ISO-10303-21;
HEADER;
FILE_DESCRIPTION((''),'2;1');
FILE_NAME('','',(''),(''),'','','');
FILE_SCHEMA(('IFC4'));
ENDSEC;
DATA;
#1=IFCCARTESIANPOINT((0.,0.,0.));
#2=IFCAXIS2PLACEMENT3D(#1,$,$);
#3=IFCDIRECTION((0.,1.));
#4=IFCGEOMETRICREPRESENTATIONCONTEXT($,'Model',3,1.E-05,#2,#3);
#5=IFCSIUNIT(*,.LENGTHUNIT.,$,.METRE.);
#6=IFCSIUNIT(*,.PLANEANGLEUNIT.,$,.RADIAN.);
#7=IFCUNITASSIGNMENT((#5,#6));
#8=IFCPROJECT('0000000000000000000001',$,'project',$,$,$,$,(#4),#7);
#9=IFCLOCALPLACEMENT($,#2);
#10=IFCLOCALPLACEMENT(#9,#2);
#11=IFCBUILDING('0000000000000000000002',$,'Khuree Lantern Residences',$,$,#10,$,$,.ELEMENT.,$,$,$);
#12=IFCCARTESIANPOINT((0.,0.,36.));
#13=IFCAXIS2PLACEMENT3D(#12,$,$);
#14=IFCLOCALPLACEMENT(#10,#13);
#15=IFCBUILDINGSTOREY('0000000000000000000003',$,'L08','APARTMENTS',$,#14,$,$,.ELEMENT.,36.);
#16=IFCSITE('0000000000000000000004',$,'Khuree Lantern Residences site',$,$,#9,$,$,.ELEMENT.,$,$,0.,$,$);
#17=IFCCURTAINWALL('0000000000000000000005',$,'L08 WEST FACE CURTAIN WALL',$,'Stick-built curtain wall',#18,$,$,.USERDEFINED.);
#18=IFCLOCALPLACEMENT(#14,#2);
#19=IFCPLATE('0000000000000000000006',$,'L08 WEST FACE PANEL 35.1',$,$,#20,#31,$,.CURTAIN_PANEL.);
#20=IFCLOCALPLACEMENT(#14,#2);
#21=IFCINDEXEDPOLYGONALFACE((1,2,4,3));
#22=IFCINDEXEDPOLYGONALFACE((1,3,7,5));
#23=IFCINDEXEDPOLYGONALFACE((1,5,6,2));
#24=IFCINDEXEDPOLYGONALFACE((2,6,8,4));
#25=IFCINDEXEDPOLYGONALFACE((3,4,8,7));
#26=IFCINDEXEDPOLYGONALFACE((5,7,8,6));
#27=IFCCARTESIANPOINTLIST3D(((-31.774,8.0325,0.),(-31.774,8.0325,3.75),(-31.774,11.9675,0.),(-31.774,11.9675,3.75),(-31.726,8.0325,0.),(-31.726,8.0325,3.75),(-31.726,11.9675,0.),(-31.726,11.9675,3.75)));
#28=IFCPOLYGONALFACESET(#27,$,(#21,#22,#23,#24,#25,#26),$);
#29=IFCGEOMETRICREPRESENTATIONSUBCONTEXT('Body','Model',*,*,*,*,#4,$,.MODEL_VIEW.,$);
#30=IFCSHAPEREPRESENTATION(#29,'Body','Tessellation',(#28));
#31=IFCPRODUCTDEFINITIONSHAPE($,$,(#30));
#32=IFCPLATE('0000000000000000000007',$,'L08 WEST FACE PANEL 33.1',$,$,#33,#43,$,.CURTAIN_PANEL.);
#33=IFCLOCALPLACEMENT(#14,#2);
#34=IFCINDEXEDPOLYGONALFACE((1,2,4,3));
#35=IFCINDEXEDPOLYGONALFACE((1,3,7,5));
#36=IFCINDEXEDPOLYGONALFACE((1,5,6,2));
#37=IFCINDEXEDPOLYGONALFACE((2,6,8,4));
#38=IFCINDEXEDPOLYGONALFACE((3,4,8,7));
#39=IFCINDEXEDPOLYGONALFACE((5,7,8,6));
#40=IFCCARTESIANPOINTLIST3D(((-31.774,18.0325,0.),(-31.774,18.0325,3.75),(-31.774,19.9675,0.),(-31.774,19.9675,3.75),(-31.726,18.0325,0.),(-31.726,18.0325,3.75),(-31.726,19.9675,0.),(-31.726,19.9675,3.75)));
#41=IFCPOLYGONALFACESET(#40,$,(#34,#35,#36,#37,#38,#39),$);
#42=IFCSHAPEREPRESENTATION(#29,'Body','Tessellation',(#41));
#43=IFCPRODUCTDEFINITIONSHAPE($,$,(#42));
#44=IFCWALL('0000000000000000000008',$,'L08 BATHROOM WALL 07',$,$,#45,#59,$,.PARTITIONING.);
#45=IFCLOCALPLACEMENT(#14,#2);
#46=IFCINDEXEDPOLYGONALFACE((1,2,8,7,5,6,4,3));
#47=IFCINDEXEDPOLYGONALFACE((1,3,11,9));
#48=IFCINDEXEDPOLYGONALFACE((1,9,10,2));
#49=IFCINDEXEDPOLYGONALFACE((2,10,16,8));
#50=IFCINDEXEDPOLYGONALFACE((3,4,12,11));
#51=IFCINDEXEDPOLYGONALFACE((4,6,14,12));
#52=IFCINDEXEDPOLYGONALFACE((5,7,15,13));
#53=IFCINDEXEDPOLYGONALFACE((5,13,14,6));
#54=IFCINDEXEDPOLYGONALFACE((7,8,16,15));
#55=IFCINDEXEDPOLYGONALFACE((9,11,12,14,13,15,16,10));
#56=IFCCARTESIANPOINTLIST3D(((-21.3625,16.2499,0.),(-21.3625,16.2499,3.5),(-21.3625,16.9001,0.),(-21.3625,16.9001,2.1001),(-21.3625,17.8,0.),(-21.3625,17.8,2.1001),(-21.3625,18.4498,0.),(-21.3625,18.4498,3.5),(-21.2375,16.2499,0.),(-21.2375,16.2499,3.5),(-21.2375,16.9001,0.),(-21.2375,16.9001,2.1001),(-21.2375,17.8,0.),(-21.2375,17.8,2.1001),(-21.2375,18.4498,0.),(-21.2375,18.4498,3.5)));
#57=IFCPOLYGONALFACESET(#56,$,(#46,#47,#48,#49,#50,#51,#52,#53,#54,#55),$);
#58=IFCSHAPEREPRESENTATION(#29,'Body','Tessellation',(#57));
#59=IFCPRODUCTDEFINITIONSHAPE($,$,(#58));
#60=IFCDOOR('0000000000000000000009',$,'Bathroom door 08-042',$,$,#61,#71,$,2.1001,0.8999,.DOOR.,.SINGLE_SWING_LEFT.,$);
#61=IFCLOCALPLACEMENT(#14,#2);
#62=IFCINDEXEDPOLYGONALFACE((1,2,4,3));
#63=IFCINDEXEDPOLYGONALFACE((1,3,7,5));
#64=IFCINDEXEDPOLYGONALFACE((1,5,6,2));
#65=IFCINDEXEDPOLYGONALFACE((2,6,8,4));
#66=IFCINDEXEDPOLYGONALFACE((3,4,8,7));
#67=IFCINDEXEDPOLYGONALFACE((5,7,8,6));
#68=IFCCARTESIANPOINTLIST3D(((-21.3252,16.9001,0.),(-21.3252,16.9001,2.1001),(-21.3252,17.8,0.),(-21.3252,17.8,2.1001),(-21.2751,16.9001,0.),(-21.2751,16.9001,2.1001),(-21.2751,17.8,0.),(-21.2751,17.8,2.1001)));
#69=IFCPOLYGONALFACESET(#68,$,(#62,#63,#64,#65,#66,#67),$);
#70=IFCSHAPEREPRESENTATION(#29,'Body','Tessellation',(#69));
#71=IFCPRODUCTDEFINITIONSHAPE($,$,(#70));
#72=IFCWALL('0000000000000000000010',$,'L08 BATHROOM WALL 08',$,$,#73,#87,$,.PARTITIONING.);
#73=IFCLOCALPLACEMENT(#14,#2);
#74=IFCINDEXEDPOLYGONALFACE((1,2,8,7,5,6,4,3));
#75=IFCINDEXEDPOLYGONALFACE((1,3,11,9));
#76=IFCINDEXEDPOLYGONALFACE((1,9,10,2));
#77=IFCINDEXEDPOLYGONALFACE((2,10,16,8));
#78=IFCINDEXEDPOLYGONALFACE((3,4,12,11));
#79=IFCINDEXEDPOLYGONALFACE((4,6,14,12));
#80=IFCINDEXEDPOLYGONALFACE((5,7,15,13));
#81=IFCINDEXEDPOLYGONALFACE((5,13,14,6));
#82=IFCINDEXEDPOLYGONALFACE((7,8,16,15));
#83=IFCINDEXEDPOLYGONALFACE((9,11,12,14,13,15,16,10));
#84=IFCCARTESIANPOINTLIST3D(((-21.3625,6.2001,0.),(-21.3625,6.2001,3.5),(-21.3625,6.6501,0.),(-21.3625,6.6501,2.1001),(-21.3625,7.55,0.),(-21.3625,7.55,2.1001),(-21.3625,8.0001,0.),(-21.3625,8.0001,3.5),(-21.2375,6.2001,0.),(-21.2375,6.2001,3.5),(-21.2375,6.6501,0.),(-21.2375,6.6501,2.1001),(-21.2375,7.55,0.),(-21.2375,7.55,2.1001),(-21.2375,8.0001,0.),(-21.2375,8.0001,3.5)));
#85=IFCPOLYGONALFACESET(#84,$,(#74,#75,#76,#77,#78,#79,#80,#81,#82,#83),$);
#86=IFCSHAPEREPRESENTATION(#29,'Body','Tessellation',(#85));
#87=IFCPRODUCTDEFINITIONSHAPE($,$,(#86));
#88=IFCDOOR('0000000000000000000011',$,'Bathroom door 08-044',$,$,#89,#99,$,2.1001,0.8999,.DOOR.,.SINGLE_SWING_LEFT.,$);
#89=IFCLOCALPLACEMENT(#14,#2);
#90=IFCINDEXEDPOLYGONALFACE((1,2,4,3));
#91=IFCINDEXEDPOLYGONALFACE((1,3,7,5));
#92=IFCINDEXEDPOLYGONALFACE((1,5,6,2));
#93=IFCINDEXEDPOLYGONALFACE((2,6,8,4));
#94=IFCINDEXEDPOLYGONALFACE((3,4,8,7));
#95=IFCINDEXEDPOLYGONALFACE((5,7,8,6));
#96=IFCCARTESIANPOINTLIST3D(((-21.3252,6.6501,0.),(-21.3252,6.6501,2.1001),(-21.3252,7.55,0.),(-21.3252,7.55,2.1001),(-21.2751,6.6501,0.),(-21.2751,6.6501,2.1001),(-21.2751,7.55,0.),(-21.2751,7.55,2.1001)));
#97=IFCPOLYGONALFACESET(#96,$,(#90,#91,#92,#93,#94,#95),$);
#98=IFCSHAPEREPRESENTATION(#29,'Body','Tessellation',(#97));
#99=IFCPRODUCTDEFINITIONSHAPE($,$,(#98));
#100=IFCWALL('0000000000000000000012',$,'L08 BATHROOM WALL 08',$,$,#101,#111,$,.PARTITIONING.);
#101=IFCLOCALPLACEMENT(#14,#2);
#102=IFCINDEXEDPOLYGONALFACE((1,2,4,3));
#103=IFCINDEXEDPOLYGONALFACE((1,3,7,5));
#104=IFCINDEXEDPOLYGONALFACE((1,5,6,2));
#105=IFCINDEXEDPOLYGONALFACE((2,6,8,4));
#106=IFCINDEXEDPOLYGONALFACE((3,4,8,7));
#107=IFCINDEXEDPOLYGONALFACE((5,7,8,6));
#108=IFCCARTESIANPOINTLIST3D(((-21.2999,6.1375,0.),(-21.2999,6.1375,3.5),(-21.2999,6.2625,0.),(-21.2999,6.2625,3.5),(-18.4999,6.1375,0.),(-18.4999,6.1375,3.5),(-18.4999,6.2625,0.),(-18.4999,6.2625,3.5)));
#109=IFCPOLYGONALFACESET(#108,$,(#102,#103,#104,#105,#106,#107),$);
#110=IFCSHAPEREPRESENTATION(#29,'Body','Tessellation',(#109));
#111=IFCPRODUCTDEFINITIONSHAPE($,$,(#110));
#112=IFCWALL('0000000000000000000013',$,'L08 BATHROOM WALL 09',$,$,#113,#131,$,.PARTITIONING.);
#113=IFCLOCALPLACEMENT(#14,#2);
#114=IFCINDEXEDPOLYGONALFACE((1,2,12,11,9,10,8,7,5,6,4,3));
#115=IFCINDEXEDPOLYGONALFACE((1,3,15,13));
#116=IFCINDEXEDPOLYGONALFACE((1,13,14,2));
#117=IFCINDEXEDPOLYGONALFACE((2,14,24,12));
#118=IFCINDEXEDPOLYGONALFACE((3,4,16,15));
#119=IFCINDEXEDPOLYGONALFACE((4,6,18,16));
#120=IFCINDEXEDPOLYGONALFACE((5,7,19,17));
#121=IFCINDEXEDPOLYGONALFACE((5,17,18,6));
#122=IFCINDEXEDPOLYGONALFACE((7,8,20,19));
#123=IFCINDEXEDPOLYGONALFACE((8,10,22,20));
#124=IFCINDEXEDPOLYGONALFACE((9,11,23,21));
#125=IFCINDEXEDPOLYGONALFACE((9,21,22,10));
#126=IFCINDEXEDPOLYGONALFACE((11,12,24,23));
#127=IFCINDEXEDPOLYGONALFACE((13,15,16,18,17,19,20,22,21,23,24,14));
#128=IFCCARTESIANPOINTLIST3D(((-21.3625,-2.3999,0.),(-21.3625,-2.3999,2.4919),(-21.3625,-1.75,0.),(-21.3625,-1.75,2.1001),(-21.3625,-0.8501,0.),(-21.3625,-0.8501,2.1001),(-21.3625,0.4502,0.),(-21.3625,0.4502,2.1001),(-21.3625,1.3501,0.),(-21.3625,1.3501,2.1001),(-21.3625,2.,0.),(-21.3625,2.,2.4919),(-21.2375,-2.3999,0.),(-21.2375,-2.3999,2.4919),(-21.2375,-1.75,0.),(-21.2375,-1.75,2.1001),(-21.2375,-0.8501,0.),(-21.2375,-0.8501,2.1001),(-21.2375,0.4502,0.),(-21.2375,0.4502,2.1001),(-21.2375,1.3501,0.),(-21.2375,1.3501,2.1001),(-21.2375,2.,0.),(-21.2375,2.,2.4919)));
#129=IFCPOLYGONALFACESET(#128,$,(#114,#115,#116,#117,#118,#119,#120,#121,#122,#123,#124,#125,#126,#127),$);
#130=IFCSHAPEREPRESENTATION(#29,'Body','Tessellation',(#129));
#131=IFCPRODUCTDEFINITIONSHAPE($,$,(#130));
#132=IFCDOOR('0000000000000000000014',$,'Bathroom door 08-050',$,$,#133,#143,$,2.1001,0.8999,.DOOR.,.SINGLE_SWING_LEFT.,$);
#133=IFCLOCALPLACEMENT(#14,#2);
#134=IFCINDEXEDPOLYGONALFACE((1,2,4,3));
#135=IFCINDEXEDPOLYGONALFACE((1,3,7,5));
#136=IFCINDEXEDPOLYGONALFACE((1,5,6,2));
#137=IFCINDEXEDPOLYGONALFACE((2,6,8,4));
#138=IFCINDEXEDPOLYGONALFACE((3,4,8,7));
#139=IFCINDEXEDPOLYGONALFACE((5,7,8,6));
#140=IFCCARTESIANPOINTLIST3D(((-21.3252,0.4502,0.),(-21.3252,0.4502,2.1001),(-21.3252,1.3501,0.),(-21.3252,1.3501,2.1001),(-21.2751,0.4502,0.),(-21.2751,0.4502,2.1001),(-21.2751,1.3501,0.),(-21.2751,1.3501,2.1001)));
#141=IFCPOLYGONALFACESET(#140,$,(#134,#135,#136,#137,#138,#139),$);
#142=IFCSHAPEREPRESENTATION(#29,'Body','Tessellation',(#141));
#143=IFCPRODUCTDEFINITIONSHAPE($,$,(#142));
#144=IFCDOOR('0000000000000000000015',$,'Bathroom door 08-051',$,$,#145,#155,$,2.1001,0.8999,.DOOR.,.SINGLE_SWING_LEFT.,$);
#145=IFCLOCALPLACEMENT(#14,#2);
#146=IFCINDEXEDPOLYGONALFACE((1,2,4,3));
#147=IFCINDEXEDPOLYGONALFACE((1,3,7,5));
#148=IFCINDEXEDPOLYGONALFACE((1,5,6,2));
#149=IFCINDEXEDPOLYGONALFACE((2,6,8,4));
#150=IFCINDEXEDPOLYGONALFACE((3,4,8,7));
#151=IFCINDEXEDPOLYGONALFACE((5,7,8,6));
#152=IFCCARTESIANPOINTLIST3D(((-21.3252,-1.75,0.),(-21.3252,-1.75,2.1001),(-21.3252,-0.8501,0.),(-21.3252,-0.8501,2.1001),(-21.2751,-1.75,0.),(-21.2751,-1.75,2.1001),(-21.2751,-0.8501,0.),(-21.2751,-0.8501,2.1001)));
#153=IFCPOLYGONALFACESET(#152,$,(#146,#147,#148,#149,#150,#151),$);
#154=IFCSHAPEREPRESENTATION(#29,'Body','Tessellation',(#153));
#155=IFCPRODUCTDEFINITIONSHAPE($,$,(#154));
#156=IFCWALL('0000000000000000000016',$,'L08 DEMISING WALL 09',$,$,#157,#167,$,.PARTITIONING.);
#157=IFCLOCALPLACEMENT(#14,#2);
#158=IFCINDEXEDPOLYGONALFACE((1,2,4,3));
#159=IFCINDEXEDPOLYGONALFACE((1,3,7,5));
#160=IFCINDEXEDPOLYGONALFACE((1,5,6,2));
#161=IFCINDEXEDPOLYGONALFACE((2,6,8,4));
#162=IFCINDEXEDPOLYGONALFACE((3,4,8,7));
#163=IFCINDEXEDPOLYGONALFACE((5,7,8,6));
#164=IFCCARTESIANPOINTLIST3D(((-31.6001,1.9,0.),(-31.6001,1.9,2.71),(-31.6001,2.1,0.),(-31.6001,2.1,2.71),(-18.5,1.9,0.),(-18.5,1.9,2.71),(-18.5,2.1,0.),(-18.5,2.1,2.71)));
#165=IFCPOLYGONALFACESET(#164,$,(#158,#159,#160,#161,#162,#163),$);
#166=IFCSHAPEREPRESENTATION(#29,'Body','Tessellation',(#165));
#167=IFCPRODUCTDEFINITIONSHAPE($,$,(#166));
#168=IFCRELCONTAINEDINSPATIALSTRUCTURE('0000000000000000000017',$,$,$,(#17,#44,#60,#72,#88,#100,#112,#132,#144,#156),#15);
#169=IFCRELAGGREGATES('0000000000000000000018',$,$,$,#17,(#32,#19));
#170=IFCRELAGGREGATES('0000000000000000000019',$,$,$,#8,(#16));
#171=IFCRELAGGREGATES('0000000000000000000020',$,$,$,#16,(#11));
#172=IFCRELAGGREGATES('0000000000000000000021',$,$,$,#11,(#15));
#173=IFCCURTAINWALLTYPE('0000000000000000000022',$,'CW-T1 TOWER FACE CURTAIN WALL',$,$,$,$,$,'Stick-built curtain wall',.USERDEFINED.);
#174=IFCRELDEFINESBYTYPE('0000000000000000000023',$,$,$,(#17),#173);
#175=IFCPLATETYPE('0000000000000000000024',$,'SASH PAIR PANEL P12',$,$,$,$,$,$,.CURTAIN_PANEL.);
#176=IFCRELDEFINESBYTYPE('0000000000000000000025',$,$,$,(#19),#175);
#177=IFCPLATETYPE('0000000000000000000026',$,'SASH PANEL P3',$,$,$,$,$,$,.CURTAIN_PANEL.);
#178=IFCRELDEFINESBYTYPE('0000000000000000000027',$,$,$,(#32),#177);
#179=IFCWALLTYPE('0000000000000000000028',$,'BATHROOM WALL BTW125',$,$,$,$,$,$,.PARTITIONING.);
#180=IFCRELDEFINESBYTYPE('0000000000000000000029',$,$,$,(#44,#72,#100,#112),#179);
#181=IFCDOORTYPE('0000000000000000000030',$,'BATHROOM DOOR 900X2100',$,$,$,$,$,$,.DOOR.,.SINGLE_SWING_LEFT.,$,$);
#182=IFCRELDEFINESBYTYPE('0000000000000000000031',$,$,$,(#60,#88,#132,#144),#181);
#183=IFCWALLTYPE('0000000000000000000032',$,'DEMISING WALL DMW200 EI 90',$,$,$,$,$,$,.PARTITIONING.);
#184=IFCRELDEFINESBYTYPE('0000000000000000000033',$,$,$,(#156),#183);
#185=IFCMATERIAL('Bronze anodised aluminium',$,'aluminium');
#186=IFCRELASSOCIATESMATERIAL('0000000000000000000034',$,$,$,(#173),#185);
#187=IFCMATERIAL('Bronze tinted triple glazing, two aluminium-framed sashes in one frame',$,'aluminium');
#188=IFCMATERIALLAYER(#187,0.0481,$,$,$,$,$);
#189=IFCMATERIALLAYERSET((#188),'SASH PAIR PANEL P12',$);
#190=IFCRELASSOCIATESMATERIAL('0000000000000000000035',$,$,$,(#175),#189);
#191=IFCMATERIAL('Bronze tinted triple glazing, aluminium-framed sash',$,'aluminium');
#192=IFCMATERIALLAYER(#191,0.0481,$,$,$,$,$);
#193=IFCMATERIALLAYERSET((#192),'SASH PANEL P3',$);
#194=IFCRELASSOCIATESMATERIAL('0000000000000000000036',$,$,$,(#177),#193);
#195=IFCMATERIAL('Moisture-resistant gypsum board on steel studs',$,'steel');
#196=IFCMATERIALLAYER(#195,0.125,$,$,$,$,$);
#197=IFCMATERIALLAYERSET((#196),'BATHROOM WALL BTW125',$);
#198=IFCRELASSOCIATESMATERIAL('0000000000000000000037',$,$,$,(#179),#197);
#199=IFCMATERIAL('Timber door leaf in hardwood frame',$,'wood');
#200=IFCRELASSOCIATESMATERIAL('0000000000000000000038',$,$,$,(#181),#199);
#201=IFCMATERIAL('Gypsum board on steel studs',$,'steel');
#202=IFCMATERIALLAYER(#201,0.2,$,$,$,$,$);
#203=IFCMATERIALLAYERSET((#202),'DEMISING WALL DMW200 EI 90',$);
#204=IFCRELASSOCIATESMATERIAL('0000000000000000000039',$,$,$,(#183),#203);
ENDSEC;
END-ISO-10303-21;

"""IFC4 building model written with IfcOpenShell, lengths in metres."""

from ifc_helpers import new_model, si_unit, direction, frame, frame_2d, origin, origin_2d, place, context, subcontext, project, spatial, rectangle, extrude, material, layer, layer_set, type_object, element, fill, aggregate, save


model = new_model("IFC4")

# Units and contexts
model_context = context("Model", 3, precision=1e-05, world=origin(), true_north=direction((0.0, 1.0)))
body_context = subcontext(model_context, "Body", "Model", "MODEL_VIEW")
ifc_project = project(units=[si_unit("LENGTHUNIT", "METRE"), si_unit("PLANEANGLEUNIT", "RADIAN")], contexts=[model_context])

# Site, building, storey
site_placement = place(None, origin())
site = spatial("IfcSite", under=ifc_project, at=site_placement, Name="Khuree Lantern Residences site", CompositionType="ELEMENT", RefElevation=0.0)
building_placement = place(site_placement, origin())
building = spatial("IfcBuilding", under=site, at=building_placement, Name="Khuree Lantern Residences", CompositionType="ELEMENT")
storey_placement = place(building_placement, frame((0.0, 0.0, 36.0)))
storey = spatial("IfcBuildingStorey", under=building, at=storey_placement, Name="L08", Description="APARTMENTS", CompositionType="ELEMENT", Elevation=36.0)

# Curtain wall
ifc_material_1 = material(Name="Bronze anodised aluminium", Category="aluminium")
curtain_wall_type = type_object("IfcCurtainWallType", Name="CW-T1 TOWER FACE CURTAIN WALL", ElementType="Stick-built curtain wall", PredefinedType="USERDEFINED", material=ifc_material_1)
curtain_wall_placement = place(storey_placement, origin())
curtain_wall = element("IfcCurtainWall", 1, at=curtain_wall_placement, inside=storey, type_object=curtain_wall_type, Name="L08 WEST FACE CURTAIN WALL", ObjectType="Stick-built curtain wall", PredefinedType="USERDEFINED")

# Plates
ifc_material_2 = material(Name="Bronze tinted triple glazing, two aluminium-framed sashes in one frame", Category="aluminium")
ifc_layer_1 = layer(ifc_material_2, 0.0481)
ifc_layer_set_1 = layer_set([ifc_layer_1], Name="SASH PAIR PANEL P12")
plate_type_1 = type_object("IfcPlateType", Name="SASH PAIR PANEL P12", PredefinedType="CURTAIN_PANEL", material=ifc_layer_set_1)
plate_1_placement = place(storey_placement, frame((-31.75, 10.0, 0.0), z_axis=(0.0, 0.0, 1.0), x_axis=(0.0, -1.0, 0.0)))
plate_1 = element("IfcPlate", 2, at=plate_1_placement, type_object=plate_type_1, Name="L08 WEST FACE PANEL 35.1", PredefinedType="CURTAIN_PANEL", context=body_context, shape_type="SweptSolid", body=[
    extrude(rectangle(XDim=3.9351, YDim=0.0481, at=origin_2d()), origin(), (0.0, 0.0, 1.0), 3.75),
])
ifc_material_3 = material(Name="Bronze tinted triple glazing, aluminium-framed sash", Category="aluminium")
ifc_layer_2 = layer(ifc_material_3, 0.0481)
ifc_layer_set_2 = layer_set([ifc_layer_2], Name="SASH PANEL P3")
plate_type_2 = type_object("IfcPlateType", Name="SASH PANEL P3", PredefinedType="CURTAIN_PANEL", material=ifc_layer_set_2)
plate_2_placement = place(storey_placement, frame((-31.75, 19.0, 0.0), z_axis=(0.0, 0.0, 1.0), x_axis=(0.0, -1.0, 0.0)))
plate_2 = element("IfcPlate", 3, at=plate_2_placement, type_object=plate_type_2, Name="L08 WEST FACE PANEL 33.1", PredefinedType="CURTAIN_PANEL", context=body_context, shape_type="SweptSolid", body=[
    extrude(rectangle(XDim=1.9351, YDim=0.0481, at=origin_2d()), origin(), (0.0, 0.0, 1.0), 3.75),
])
aggregate(curtain_wall, [plate_2, plate_1])

# Walls, openings, doors
ifc_material_4 = material(Name="Moisture-resistant gypsum board on steel studs", Category="steel")
ifc_layer_3 = layer(ifc_material_4, 0.125)
ifc_layer_set_3 = layer_set([ifc_layer_3], Name="BATHROOM WALL BTW125")
wall_type_1 = type_object("IfcWallType", Name="BATHROOM WALL BTW125", PredefinedType="PARTITIONING", material=ifc_layer_set_3)
wall_1_placement = place(storey_placement, frame((-21.3, 18.45, 0.0), z_axis=(0.0, 0.0, 1.0), x_axis=(0.0, -1.0, 0.0)))
wall_1 = element("IfcWall", 4, at=wall_1_placement, inside=storey, type_object=wall_type_1, Name="L08 BATHROOM WALL 07", PredefinedType="PARTITIONING", context=body_context, shape_type="SweptSolid", body=[
    extrude(rectangle(XDim=2.2, YDim=0.125, at=frame_2d((1.1001, 0.0))), origin(), (0.0, 0.0, 1.0), 3.5),
])
opening_1_placement = place(wall_1_placement, frame((0.6499, 0.0, 0.0)))
opening_1 = element("IfcOpeningElement", 5, at=opening_1_placement, cuts=wall_1, PredefinedType="OPENING", context=body_context, shape_type="SweptSolid", body=[
    extrude(rectangle(XDim=0.8999, YDim=2.1001, at=frame_2d((0.45, 1.05))), frame((0.0, 0.0725, 0.0), z_axis=(0.0, -1.0, 0.0), x_axis=(1.0, 0.0, 0.0)), (0.0, 0.0, 1.0), 0.145),
])
ifc_material_5 = material(Name="Timber door leaf in hardwood frame", Category="wood")
door_type_1 = type_object("IfcDoorType", Name="BATHROOM DOOR 900X2100", OperationType="SINGLE_SWING_LEFT", PredefinedType="DOOR", material=ifc_material_5)
door_1_placement = place(opening_1_placement, origin())
door_1 = element("IfcDoor", 6, at=door_1_placement, inside=storey, type_object=door_type_1, Name="Bathroom door 08-042", OperationType="SINGLE_SWING_LEFT", OverallHeight=2.1001, OverallWidth=0.8999, PredefinedType="DOOR", context=body_context, shape_type="SweptSolid", body=[
    extrude(rectangle(XDim=0.8999, YDim=2.1001, at=frame_2d((0.45, 1.05))), frame((0.0, 0.0249, 0.0), z_axis=(0.0, -1.0, 0.0), x_axis=(1.0, 0.0, 0.0)), (0.0, 0.0, 1.0), 0.05),
])
fill(opening_1, door_1)
wall_2_placement = place(storey_placement, frame((-21.3, 8.0, 0.0), z_axis=(0.0, 0.0, 1.0), x_axis=(0.0, -1.0, 0.0)))
wall_2 = element("IfcWall", 7, at=wall_2_placement, inside=storey, type_object=wall_type_1, Name="L08 BATHROOM WALL 08", PredefinedType="PARTITIONING", context=body_context, shape_type="SweptSolid", body=[
    extrude(rectangle(XDim=1.8, YDim=0.125, at=frame_2d((0.8999, 0.0))), origin(), (0.0, 0.0, 1.0), 3.5),
])
opening_2_placement = place(wall_2_placement, frame((0.45, 0.0, 0.0)))
opening_2 = element("IfcOpeningElement", 8, at=opening_2_placement, cuts=wall_2, PredefinedType="OPENING", context=body_context, shape_type="SweptSolid", body=[
    extrude(rectangle(XDim=0.8999, YDim=2.1001, at=frame_2d((0.45, 1.05))), frame((0.0, 0.0725, 0.0), z_axis=(0.0, -1.0, 0.0), x_axis=(1.0, 0.0, 0.0)), (0.0, 0.0, 1.0), 0.145),
])
door_2_placement = place(opening_2_placement, origin())
door_2 = element("IfcDoor", 9, at=door_2_placement, inside=storey, type_object=door_type_1, Name="Bathroom door 08-044", OperationType="SINGLE_SWING_LEFT", OverallHeight=2.1001, OverallWidth=0.8999, PredefinedType="DOOR", context=body_context, shape_type="SweptSolid", body=[
    extrude(rectangle(XDim=0.8999, YDim=2.1001, at=frame_2d((0.45, 1.05))), frame((0.0, 0.0249, 0.0), z_axis=(0.0, -1.0, 0.0), x_axis=(1.0, 0.0, 0.0)), (0.0, 0.0, 1.0), 0.05),
])
fill(opening_2, door_2)

# Wall
wall_3_placement = place(storey_placement, frame((-18.5, 6.2, 0.0), z_axis=(0.0, 0.0, 1.0), x_axis=(-1.0, 0.0, 0.0)))
element("IfcWall", 10, at=wall_3_placement, inside=storey, type_object=wall_type_1, Name="L08 BATHROOM WALL 08", PredefinedType="PARTITIONING", context=body_context, shape_type="SweptSolid", body=[
    extrude(rectangle(XDim=2.8, YDim=0.125, at=frame_2d((1.3999, 0.0))), origin(), (0.0, 0.0, 1.0), 3.5),
])

# Wall, openings, doors
wall_4_placement = place(storey_placement, frame((-21.3, 2.0, 0.0), z_axis=(0.0, 0.0, 1.0), x_axis=(0.0, -1.0, 0.0)))
wall_4 = element("IfcWall", 11, at=wall_4_placement, inside=storey, type_object=wall_type_1, Name="L08 BATHROOM WALL 09", PredefinedType="PARTITIONING", context=body_context, shape_type="SweptSolid", body=[
    extrude(rectangle(XDim=4.3999, YDim=0.125, at=frame_2d((2.2, 0.0))), origin(), (0.0, 0.0, 1.0), 2.4919),
])
opening_3_placement = place(wall_4_placement, frame((0.6499, 0.0, 0.0)))
opening_3 = element("IfcOpeningElement", 12, at=opening_3_placement, cuts=wall_4, PredefinedType="OPENING", context=body_context, shape_type="SweptSolid", body=[
    extrude(rectangle(XDim=0.8999, YDim=2.1001, at=frame_2d((0.45, 1.05))), frame((0.0, 0.0725, 0.0), z_axis=(0.0, -1.0, 0.0), x_axis=(1.0, 0.0, 0.0)), (0.0, 0.0, 1.0), 0.145),
])
opening_4_placement = place(wall_4_placement, frame((2.8501, 0.0, 0.0)))
opening_4 = element("IfcOpeningElement", 13, at=opening_4_placement, cuts=wall_4, PredefinedType="OPENING", context=body_context, shape_type="SweptSolid", body=[
    extrude(rectangle(XDim=0.8999, YDim=2.1001, at=frame_2d((0.45, 1.05))), frame((0.0, 0.0725, 0.0), z_axis=(0.0, -1.0, 0.0), x_axis=(1.0, 0.0, 0.0)), (0.0, 0.0, 1.0), 0.145),
])
door_3_placement = place(opening_3_placement, origin())
door_3 = element("IfcDoor", 14, at=door_3_placement, inside=storey, type_object=door_type_1, Name="Bathroom door 08-050", OperationType="SINGLE_SWING_LEFT", OverallHeight=2.1001, OverallWidth=0.8999, PredefinedType="DOOR", context=body_context, shape_type="SweptSolid", body=[
    extrude(rectangle(XDim=0.8999, YDim=2.1001, at=frame_2d((0.45, 1.05))), frame((0.0, 0.0249, 0.0), z_axis=(0.0, -1.0, 0.0), x_axis=(1.0, 0.0, 0.0)), (0.0, 0.0, 1.0), 0.05),
])
fill(opening_3, door_3)
door_4_placement = place(opening_4_placement, origin())
door_4 = element("IfcDoor", 15, at=door_4_placement, inside=storey, type_object=door_type_1, Name="Bathroom door 08-051", OperationType="SINGLE_SWING_LEFT", OverallHeight=2.1001, OverallWidth=0.8999, PredefinedType="DOOR", context=body_context, shape_type="SweptSolid", body=[
    extrude(rectangle(XDim=0.8999, YDim=2.1001, at=frame_2d((0.45, 1.05))), frame((0.0, 0.0249, 0.0), z_axis=(0.0, -1.0, 0.0), x_axis=(1.0, 0.0, 0.0)), (0.0, 0.0, 1.0), 0.05),
])
fill(opening_4, door_4)

# Wall
ifc_material_6 = material(Name="Gypsum board on steel studs", Category="steel")
ifc_layer_4 = layer(ifc_material_6, 0.2)
ifc_layer_set_4 = layer_set([ifc_layer_4], Name="DEMISING WALL DMW200 EI 90")
wall_type_2 = type_object("IfcWallType", Name="DEMISING WALL DMW200 EI 90", PredefinedType="PARTITIONING", material=ifc_layer_set_4)
wall_5_placement = place(storey_placement, frame((-18.5, 2.0, 0.0), z_axis=(0.0, 0.0, 1.0), x_axis=(-1.0, 0.0, 0.0)))
element("IfcWall", 16, at=wall_5_placement, inside=storey, type_object=wall_type_2, Name="L08 DEMISING WALL 09", PredefinedType="PARTITIONING", context=body_context, shape_type="SweptSolid", body=[
    extrude(rectangle(XDim=13.1001, YDim=0.2, at=frame_2d((6.55, 0.0))), origin(), (0.0, 0.0, 1.0), 2.71),
])

save(model, "model.ifc")
